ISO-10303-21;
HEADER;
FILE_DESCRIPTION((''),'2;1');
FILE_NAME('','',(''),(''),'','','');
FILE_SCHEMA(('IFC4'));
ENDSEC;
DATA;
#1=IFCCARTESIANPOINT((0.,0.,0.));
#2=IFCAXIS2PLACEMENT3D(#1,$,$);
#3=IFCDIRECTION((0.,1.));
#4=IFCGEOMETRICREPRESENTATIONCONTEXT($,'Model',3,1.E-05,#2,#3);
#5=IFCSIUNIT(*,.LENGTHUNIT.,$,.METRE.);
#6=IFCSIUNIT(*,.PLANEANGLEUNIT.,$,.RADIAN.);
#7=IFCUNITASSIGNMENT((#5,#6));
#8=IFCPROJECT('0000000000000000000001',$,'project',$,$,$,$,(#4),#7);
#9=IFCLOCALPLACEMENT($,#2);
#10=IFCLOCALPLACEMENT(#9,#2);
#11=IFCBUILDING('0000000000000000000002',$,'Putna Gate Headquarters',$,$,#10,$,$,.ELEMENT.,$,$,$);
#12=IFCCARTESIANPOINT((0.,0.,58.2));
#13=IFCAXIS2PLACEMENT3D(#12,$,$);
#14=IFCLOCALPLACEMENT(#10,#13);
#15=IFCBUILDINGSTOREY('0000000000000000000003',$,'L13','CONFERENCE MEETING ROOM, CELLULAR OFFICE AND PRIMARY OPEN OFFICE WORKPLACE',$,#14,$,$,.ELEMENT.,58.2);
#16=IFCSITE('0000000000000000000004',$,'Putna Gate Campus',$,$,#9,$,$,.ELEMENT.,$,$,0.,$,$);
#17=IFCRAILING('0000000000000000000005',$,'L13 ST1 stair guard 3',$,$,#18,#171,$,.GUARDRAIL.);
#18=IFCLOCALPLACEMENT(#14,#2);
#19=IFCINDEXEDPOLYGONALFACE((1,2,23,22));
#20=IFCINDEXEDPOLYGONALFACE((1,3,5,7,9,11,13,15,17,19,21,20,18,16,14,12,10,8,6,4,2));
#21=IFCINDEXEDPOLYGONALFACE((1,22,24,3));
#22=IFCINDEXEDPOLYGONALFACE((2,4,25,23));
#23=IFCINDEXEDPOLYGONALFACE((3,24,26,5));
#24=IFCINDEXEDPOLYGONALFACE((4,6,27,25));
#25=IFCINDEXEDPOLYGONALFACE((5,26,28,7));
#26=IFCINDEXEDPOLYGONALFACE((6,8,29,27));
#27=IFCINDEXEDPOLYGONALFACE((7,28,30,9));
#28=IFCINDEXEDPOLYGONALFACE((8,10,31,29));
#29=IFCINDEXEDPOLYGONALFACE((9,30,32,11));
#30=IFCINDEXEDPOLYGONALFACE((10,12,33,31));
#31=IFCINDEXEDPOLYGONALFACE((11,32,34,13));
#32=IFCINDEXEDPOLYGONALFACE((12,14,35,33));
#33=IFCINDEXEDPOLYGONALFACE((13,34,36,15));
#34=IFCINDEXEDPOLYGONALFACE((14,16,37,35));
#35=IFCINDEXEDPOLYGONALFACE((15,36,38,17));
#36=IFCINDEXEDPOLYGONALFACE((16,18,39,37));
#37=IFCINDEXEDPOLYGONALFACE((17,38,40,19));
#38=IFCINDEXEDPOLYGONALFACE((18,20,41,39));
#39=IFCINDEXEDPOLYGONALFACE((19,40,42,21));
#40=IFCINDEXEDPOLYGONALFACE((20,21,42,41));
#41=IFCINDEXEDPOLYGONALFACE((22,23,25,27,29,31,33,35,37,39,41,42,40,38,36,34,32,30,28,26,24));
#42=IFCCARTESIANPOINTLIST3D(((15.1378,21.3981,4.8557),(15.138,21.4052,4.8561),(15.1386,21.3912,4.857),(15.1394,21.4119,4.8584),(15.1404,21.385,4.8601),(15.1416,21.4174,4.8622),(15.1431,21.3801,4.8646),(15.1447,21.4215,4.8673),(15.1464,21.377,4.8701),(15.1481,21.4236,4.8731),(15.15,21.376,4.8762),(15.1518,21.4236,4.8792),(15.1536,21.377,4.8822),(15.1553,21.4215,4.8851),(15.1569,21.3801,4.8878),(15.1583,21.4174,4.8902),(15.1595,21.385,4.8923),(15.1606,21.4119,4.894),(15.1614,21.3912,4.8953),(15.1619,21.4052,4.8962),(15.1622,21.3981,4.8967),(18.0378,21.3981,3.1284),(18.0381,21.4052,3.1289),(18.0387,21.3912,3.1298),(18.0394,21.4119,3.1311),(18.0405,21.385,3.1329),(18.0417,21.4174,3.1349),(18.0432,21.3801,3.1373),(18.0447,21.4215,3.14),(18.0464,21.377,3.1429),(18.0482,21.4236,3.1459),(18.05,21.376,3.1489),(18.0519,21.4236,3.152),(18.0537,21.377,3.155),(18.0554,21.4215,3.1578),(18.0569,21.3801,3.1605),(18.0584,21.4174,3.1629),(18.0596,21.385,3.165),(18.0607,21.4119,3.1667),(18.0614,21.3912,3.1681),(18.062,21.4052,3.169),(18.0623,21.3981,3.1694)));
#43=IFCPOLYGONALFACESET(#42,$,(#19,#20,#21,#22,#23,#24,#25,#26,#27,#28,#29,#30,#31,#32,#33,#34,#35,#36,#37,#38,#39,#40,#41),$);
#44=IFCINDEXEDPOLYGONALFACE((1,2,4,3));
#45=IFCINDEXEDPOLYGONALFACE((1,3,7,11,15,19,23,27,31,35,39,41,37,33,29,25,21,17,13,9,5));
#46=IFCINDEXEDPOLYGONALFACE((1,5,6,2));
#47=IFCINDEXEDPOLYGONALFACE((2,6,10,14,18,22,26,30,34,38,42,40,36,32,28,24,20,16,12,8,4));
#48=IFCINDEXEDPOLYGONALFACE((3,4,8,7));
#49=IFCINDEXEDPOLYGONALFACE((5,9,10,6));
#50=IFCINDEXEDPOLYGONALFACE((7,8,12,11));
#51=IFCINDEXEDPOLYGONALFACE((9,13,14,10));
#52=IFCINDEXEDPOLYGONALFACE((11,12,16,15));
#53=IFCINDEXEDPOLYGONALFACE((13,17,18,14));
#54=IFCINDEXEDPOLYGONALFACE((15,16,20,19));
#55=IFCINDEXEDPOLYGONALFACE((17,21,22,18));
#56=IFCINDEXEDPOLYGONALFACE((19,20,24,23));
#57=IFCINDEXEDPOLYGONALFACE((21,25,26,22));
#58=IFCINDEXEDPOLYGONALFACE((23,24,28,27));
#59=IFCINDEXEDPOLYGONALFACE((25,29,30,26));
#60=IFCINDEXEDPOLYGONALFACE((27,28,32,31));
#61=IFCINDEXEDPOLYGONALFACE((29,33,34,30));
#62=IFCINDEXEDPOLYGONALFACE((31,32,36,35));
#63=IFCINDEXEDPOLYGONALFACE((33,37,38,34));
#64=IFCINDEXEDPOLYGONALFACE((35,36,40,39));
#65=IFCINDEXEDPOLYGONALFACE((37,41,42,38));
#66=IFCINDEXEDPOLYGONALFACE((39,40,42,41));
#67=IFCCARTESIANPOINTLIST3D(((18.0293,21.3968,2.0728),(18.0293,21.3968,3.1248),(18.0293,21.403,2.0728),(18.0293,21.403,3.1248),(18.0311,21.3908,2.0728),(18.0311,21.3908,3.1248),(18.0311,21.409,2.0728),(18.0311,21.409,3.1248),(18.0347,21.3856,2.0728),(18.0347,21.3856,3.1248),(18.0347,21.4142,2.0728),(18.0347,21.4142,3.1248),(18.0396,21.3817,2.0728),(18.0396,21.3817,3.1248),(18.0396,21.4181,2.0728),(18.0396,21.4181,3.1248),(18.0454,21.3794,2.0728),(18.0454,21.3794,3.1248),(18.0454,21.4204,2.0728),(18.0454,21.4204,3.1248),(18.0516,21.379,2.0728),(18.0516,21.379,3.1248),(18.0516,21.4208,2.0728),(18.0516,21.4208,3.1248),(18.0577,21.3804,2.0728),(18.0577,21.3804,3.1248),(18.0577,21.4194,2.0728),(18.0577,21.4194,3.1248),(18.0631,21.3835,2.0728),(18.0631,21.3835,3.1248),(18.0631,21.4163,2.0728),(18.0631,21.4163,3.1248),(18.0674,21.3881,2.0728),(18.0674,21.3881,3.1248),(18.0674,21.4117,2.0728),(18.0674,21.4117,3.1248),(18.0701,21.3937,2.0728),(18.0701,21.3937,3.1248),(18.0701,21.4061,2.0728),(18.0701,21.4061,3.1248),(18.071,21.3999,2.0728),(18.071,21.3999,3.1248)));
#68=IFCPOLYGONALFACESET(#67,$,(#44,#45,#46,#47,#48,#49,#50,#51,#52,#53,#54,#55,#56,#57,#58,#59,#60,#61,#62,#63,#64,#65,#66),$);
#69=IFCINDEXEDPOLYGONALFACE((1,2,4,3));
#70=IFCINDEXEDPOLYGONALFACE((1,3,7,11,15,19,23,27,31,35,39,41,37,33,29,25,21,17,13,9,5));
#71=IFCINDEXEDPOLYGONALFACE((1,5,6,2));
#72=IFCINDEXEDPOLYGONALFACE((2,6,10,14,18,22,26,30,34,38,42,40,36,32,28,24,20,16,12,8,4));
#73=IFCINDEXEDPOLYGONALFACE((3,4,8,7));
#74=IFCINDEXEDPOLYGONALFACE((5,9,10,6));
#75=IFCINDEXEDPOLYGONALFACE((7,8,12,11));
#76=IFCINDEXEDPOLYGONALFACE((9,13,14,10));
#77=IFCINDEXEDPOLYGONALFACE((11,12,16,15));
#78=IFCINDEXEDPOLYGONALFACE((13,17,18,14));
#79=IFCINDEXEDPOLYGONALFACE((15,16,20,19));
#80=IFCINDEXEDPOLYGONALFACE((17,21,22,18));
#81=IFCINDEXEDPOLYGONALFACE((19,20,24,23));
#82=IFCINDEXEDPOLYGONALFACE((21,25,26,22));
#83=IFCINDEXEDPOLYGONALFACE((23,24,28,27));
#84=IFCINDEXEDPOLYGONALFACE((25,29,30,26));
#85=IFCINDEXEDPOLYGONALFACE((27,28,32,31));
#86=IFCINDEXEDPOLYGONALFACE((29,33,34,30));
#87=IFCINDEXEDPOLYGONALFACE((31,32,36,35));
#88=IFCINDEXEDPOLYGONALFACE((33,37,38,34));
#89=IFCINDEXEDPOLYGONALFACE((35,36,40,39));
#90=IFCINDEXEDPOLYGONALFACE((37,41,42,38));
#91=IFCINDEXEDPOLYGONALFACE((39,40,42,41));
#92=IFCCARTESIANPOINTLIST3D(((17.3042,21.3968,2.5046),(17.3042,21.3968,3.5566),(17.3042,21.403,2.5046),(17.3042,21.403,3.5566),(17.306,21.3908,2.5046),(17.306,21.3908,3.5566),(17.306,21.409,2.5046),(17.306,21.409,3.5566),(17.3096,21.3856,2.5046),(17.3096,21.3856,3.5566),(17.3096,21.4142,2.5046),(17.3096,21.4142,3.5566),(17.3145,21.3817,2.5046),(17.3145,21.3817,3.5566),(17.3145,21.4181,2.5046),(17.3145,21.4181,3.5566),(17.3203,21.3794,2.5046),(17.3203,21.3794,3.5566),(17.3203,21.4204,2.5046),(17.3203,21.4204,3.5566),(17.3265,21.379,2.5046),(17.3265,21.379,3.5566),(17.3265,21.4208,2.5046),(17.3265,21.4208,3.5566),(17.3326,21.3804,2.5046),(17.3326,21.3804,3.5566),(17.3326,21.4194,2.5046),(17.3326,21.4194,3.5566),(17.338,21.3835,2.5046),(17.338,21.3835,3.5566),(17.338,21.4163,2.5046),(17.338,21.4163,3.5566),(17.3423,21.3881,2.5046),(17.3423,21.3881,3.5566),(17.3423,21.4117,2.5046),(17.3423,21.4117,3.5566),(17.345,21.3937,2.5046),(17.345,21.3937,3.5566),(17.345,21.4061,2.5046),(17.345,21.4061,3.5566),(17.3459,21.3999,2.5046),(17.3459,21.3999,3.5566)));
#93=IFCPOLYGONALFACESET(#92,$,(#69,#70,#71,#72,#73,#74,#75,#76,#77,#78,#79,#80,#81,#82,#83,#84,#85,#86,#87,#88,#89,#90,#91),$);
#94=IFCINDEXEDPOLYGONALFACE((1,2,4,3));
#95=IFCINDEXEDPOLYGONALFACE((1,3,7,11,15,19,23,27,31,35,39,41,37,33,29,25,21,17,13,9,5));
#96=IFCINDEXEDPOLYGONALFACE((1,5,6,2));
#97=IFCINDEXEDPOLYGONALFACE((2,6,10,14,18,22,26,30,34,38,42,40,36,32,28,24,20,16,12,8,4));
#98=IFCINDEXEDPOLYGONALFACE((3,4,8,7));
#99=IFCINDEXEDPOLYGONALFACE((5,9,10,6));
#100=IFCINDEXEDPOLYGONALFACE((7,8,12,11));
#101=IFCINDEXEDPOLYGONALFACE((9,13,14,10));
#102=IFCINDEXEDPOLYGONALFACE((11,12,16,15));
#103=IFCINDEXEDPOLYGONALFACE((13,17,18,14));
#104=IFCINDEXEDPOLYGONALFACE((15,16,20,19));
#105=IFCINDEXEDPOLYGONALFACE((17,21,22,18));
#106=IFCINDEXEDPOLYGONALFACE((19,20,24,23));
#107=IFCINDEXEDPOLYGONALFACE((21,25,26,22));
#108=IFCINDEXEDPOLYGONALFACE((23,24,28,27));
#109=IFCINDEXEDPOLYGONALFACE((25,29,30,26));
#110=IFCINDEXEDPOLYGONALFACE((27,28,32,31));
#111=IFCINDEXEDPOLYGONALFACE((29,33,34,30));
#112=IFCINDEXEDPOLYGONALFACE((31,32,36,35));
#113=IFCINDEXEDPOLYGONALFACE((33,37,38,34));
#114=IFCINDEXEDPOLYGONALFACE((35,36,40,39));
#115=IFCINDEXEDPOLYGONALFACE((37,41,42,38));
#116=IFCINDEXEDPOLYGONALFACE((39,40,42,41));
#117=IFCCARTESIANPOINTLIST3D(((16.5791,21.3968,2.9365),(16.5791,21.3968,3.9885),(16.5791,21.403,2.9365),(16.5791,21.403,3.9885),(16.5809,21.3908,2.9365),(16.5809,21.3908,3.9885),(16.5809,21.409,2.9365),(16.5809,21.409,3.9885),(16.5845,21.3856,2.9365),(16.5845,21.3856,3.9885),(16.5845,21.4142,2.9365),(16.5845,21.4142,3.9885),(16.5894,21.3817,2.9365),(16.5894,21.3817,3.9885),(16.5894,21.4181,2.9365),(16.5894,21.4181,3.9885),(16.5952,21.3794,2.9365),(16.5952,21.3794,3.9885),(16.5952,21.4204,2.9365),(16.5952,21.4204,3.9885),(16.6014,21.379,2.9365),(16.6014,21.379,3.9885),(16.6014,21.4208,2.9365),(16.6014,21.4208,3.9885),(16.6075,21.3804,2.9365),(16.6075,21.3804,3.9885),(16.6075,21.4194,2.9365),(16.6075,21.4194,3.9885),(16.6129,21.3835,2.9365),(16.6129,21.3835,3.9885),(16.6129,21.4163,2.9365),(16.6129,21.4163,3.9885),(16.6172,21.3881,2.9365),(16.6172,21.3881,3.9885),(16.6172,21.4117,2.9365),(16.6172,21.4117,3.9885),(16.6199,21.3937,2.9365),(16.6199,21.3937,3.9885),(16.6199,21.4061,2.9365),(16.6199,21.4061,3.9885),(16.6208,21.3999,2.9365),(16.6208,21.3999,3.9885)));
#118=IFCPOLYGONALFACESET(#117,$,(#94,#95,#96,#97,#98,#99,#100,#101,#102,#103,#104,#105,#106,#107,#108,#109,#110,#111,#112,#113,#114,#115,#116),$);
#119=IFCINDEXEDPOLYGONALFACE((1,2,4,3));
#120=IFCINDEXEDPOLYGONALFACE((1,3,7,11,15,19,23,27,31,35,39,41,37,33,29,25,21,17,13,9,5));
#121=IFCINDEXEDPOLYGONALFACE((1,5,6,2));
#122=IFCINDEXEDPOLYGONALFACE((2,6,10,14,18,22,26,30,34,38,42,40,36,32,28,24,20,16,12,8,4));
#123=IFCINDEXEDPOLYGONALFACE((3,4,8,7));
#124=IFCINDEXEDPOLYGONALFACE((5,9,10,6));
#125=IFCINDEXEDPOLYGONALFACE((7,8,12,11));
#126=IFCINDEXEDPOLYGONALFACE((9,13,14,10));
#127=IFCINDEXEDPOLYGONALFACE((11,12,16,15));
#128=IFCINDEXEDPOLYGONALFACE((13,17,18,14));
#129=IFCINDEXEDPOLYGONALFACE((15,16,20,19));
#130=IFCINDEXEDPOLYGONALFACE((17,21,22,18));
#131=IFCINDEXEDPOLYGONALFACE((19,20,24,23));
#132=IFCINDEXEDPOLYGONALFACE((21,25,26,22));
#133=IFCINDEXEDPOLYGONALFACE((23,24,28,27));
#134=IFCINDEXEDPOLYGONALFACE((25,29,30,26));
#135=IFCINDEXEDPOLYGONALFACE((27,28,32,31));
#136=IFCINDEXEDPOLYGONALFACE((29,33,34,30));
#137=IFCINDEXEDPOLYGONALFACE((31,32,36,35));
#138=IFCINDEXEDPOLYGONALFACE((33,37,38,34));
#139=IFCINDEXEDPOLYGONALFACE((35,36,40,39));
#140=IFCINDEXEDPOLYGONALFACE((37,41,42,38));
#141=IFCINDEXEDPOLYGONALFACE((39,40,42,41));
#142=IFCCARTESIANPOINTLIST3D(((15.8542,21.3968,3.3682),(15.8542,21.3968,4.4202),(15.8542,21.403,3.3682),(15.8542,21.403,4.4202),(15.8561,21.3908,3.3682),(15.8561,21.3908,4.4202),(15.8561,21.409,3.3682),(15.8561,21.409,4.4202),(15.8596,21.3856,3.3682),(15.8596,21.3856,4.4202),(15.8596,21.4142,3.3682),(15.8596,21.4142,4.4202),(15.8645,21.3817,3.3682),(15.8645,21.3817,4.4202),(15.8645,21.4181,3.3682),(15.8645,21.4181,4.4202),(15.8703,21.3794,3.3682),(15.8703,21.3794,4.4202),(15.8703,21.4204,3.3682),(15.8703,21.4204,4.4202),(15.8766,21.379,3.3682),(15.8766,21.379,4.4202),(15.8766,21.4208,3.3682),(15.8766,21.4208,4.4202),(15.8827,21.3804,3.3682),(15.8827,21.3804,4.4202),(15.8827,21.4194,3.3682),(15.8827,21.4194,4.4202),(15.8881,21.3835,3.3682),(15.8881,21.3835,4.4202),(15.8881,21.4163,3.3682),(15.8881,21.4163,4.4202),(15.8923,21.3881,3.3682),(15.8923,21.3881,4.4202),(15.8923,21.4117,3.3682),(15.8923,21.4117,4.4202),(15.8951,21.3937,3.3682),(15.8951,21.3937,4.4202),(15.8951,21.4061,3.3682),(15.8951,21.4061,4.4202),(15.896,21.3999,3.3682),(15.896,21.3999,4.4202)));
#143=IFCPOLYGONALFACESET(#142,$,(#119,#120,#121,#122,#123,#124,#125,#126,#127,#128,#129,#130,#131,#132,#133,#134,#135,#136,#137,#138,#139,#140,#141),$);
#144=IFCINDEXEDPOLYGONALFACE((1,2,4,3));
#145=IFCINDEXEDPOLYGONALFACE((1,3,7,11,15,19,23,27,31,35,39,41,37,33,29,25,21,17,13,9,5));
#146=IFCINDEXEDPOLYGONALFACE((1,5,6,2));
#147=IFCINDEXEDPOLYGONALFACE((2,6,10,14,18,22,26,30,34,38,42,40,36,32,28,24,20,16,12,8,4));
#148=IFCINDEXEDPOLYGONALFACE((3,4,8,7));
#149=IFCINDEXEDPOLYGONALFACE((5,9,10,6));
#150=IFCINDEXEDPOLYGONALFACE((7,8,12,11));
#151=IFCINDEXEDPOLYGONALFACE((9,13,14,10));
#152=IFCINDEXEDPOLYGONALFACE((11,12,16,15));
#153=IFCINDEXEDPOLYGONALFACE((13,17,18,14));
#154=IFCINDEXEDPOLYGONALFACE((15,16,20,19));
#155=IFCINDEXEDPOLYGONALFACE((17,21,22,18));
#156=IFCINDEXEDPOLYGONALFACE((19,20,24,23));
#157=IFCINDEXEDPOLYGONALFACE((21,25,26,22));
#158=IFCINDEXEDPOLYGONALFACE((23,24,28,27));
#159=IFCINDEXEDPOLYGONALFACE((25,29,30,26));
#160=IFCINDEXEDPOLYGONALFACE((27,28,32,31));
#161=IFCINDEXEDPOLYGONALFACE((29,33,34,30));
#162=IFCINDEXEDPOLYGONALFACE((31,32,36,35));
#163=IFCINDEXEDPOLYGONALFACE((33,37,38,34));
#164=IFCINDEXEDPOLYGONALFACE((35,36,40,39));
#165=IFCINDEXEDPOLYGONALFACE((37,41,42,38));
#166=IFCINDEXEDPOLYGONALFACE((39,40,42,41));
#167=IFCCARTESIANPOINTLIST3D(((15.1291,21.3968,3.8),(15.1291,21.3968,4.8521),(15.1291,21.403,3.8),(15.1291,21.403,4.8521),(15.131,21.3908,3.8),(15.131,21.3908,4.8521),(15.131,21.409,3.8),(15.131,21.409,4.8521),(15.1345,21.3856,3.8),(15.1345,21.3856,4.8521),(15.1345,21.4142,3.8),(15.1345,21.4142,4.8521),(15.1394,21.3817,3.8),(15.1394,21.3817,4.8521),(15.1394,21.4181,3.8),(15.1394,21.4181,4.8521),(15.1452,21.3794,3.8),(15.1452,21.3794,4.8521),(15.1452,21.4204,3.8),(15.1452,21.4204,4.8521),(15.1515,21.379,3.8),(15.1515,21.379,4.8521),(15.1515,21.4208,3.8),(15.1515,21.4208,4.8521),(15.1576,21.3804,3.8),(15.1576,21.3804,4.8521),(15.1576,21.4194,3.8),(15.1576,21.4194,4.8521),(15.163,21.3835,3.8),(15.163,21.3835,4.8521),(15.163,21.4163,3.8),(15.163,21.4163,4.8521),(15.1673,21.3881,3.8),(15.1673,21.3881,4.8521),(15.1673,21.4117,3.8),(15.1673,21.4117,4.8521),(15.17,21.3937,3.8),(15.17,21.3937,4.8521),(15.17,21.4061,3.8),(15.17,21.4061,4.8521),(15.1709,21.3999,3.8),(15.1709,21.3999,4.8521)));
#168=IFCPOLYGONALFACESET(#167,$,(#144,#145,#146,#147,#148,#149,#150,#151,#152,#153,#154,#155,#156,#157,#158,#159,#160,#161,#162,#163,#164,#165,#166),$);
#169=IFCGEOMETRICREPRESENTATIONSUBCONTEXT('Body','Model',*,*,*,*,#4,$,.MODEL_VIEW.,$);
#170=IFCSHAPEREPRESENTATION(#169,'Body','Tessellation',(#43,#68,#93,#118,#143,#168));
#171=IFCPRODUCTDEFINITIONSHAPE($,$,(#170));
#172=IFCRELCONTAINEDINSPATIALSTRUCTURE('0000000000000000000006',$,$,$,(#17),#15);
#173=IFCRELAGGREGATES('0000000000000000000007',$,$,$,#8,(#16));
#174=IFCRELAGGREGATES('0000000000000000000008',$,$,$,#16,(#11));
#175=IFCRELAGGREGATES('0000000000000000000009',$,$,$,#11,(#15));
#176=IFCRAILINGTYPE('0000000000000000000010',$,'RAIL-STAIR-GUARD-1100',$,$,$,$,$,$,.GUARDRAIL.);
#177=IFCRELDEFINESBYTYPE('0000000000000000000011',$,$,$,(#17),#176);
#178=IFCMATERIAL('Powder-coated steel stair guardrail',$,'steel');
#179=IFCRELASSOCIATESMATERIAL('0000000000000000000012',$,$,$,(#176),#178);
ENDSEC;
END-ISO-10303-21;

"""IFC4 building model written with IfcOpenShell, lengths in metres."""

from ifc_helpers import new_model, si_unit, direction, frame, origin, origin_2d, place, context, subcontext, project, spatial, circle, extrude, material, type_object, element, save


model = new_model("IFC4")

# Units and contexts
model_context = context("Model", 3, precision=1e-05, world=origin(), true_north=direction((0.0, 1.0)))
body_context = subcontext(model_context, "Body", "Model", "MODEL_VIEW")
ifc_project = project(units=[si_unit("LENGTHUNIT", "METRE"), si_unit("PLANEANGLEUNIT", "RADIAN")], contexts=[model_context])

# Site, building, storey
site_placement = place(None, origin())
site = spatial("IfcSite", under=ifc_project, at=site_placement, Name="Putna Gate Campus", CompositionType="ELEMENT", RefElevation=0.0)
building_placement = place(site_placement, origin())
building = spatial("IfcBuilding", under=site, at=building_placement, Name="Putna Gate Headquarters", CompositionType="ELEMENT")
storey_placement = place(building_placement, frame((0.0, 0.0, 58.2)))
storey = spatial("IfcBuildingStorey", under=building, at=storey_placement, Name="L13", Description="CONFERENCE MEETING ROOM, CELLULAR OFFICE AND PRIMARY OPEN OFFICE WORKPLACE", CompositionType="ELEMENT", Elevation=58.2)

# Railing
ifc_material_1 = material(Name="Powder-coated steel stair guardrail", Category="steel")
railing_type_1 = type_object("IfcRailingType", Name="RAIL-STAIR-GUARD-1100", PredefinedType="GUARDRAIL", material=ifc_material_1)
railing_1_placement = place(storey_placement, frame((18.05, 21.3999, 2.0728)))
element("IfcRailing", 1, at=railing_1_placement, inside=storey, type_object=railing_type_1, Name="L13 ST1 stair guard 3", PredefinedType="GUARDRAIL", context=body_context, shape_type="SweptSolid", body=[
    extrude(circle(Radius=0.0239, at=origin_2d()), frame((0.0, 0.0, 1.0762), z_axis=(-0.85916, 0.0, 0.511706), x_axis=(0.0, -1.0, 0.0)), (0.0, 0.0, 1.0), 3.3755),
    extrude(circle(Radius=0.021, at=origin_2d()), origin(), (0.0, 0.0, 1.0), 1.052),
    extrude(circle(Radius=0.021, at=origin_2d()), frame((-0.7251, 0.0, 0.4319)), (0.0, 0.0, 1.0), 1.052),
    extrude(circle(Radius=0.021, at=origin_2d()), frame((-1.4502, 0.0, 0.8638)), (0.0, 0.0, 1.0), 1.052),
    extrude(circle(Radius=0.021, at=origin_2d()), frame((-2.175, 0.0, 1.2954)), (0.0, 0.0, 1.0), 1.052),
    extrude(circle(Radius=0.021, at=origin_2d()), frame((-2.9001, 0.0, 1.7273)), (0.0, 0.0, 1.0), 1.052),
])

save(model, "model.ifc")
